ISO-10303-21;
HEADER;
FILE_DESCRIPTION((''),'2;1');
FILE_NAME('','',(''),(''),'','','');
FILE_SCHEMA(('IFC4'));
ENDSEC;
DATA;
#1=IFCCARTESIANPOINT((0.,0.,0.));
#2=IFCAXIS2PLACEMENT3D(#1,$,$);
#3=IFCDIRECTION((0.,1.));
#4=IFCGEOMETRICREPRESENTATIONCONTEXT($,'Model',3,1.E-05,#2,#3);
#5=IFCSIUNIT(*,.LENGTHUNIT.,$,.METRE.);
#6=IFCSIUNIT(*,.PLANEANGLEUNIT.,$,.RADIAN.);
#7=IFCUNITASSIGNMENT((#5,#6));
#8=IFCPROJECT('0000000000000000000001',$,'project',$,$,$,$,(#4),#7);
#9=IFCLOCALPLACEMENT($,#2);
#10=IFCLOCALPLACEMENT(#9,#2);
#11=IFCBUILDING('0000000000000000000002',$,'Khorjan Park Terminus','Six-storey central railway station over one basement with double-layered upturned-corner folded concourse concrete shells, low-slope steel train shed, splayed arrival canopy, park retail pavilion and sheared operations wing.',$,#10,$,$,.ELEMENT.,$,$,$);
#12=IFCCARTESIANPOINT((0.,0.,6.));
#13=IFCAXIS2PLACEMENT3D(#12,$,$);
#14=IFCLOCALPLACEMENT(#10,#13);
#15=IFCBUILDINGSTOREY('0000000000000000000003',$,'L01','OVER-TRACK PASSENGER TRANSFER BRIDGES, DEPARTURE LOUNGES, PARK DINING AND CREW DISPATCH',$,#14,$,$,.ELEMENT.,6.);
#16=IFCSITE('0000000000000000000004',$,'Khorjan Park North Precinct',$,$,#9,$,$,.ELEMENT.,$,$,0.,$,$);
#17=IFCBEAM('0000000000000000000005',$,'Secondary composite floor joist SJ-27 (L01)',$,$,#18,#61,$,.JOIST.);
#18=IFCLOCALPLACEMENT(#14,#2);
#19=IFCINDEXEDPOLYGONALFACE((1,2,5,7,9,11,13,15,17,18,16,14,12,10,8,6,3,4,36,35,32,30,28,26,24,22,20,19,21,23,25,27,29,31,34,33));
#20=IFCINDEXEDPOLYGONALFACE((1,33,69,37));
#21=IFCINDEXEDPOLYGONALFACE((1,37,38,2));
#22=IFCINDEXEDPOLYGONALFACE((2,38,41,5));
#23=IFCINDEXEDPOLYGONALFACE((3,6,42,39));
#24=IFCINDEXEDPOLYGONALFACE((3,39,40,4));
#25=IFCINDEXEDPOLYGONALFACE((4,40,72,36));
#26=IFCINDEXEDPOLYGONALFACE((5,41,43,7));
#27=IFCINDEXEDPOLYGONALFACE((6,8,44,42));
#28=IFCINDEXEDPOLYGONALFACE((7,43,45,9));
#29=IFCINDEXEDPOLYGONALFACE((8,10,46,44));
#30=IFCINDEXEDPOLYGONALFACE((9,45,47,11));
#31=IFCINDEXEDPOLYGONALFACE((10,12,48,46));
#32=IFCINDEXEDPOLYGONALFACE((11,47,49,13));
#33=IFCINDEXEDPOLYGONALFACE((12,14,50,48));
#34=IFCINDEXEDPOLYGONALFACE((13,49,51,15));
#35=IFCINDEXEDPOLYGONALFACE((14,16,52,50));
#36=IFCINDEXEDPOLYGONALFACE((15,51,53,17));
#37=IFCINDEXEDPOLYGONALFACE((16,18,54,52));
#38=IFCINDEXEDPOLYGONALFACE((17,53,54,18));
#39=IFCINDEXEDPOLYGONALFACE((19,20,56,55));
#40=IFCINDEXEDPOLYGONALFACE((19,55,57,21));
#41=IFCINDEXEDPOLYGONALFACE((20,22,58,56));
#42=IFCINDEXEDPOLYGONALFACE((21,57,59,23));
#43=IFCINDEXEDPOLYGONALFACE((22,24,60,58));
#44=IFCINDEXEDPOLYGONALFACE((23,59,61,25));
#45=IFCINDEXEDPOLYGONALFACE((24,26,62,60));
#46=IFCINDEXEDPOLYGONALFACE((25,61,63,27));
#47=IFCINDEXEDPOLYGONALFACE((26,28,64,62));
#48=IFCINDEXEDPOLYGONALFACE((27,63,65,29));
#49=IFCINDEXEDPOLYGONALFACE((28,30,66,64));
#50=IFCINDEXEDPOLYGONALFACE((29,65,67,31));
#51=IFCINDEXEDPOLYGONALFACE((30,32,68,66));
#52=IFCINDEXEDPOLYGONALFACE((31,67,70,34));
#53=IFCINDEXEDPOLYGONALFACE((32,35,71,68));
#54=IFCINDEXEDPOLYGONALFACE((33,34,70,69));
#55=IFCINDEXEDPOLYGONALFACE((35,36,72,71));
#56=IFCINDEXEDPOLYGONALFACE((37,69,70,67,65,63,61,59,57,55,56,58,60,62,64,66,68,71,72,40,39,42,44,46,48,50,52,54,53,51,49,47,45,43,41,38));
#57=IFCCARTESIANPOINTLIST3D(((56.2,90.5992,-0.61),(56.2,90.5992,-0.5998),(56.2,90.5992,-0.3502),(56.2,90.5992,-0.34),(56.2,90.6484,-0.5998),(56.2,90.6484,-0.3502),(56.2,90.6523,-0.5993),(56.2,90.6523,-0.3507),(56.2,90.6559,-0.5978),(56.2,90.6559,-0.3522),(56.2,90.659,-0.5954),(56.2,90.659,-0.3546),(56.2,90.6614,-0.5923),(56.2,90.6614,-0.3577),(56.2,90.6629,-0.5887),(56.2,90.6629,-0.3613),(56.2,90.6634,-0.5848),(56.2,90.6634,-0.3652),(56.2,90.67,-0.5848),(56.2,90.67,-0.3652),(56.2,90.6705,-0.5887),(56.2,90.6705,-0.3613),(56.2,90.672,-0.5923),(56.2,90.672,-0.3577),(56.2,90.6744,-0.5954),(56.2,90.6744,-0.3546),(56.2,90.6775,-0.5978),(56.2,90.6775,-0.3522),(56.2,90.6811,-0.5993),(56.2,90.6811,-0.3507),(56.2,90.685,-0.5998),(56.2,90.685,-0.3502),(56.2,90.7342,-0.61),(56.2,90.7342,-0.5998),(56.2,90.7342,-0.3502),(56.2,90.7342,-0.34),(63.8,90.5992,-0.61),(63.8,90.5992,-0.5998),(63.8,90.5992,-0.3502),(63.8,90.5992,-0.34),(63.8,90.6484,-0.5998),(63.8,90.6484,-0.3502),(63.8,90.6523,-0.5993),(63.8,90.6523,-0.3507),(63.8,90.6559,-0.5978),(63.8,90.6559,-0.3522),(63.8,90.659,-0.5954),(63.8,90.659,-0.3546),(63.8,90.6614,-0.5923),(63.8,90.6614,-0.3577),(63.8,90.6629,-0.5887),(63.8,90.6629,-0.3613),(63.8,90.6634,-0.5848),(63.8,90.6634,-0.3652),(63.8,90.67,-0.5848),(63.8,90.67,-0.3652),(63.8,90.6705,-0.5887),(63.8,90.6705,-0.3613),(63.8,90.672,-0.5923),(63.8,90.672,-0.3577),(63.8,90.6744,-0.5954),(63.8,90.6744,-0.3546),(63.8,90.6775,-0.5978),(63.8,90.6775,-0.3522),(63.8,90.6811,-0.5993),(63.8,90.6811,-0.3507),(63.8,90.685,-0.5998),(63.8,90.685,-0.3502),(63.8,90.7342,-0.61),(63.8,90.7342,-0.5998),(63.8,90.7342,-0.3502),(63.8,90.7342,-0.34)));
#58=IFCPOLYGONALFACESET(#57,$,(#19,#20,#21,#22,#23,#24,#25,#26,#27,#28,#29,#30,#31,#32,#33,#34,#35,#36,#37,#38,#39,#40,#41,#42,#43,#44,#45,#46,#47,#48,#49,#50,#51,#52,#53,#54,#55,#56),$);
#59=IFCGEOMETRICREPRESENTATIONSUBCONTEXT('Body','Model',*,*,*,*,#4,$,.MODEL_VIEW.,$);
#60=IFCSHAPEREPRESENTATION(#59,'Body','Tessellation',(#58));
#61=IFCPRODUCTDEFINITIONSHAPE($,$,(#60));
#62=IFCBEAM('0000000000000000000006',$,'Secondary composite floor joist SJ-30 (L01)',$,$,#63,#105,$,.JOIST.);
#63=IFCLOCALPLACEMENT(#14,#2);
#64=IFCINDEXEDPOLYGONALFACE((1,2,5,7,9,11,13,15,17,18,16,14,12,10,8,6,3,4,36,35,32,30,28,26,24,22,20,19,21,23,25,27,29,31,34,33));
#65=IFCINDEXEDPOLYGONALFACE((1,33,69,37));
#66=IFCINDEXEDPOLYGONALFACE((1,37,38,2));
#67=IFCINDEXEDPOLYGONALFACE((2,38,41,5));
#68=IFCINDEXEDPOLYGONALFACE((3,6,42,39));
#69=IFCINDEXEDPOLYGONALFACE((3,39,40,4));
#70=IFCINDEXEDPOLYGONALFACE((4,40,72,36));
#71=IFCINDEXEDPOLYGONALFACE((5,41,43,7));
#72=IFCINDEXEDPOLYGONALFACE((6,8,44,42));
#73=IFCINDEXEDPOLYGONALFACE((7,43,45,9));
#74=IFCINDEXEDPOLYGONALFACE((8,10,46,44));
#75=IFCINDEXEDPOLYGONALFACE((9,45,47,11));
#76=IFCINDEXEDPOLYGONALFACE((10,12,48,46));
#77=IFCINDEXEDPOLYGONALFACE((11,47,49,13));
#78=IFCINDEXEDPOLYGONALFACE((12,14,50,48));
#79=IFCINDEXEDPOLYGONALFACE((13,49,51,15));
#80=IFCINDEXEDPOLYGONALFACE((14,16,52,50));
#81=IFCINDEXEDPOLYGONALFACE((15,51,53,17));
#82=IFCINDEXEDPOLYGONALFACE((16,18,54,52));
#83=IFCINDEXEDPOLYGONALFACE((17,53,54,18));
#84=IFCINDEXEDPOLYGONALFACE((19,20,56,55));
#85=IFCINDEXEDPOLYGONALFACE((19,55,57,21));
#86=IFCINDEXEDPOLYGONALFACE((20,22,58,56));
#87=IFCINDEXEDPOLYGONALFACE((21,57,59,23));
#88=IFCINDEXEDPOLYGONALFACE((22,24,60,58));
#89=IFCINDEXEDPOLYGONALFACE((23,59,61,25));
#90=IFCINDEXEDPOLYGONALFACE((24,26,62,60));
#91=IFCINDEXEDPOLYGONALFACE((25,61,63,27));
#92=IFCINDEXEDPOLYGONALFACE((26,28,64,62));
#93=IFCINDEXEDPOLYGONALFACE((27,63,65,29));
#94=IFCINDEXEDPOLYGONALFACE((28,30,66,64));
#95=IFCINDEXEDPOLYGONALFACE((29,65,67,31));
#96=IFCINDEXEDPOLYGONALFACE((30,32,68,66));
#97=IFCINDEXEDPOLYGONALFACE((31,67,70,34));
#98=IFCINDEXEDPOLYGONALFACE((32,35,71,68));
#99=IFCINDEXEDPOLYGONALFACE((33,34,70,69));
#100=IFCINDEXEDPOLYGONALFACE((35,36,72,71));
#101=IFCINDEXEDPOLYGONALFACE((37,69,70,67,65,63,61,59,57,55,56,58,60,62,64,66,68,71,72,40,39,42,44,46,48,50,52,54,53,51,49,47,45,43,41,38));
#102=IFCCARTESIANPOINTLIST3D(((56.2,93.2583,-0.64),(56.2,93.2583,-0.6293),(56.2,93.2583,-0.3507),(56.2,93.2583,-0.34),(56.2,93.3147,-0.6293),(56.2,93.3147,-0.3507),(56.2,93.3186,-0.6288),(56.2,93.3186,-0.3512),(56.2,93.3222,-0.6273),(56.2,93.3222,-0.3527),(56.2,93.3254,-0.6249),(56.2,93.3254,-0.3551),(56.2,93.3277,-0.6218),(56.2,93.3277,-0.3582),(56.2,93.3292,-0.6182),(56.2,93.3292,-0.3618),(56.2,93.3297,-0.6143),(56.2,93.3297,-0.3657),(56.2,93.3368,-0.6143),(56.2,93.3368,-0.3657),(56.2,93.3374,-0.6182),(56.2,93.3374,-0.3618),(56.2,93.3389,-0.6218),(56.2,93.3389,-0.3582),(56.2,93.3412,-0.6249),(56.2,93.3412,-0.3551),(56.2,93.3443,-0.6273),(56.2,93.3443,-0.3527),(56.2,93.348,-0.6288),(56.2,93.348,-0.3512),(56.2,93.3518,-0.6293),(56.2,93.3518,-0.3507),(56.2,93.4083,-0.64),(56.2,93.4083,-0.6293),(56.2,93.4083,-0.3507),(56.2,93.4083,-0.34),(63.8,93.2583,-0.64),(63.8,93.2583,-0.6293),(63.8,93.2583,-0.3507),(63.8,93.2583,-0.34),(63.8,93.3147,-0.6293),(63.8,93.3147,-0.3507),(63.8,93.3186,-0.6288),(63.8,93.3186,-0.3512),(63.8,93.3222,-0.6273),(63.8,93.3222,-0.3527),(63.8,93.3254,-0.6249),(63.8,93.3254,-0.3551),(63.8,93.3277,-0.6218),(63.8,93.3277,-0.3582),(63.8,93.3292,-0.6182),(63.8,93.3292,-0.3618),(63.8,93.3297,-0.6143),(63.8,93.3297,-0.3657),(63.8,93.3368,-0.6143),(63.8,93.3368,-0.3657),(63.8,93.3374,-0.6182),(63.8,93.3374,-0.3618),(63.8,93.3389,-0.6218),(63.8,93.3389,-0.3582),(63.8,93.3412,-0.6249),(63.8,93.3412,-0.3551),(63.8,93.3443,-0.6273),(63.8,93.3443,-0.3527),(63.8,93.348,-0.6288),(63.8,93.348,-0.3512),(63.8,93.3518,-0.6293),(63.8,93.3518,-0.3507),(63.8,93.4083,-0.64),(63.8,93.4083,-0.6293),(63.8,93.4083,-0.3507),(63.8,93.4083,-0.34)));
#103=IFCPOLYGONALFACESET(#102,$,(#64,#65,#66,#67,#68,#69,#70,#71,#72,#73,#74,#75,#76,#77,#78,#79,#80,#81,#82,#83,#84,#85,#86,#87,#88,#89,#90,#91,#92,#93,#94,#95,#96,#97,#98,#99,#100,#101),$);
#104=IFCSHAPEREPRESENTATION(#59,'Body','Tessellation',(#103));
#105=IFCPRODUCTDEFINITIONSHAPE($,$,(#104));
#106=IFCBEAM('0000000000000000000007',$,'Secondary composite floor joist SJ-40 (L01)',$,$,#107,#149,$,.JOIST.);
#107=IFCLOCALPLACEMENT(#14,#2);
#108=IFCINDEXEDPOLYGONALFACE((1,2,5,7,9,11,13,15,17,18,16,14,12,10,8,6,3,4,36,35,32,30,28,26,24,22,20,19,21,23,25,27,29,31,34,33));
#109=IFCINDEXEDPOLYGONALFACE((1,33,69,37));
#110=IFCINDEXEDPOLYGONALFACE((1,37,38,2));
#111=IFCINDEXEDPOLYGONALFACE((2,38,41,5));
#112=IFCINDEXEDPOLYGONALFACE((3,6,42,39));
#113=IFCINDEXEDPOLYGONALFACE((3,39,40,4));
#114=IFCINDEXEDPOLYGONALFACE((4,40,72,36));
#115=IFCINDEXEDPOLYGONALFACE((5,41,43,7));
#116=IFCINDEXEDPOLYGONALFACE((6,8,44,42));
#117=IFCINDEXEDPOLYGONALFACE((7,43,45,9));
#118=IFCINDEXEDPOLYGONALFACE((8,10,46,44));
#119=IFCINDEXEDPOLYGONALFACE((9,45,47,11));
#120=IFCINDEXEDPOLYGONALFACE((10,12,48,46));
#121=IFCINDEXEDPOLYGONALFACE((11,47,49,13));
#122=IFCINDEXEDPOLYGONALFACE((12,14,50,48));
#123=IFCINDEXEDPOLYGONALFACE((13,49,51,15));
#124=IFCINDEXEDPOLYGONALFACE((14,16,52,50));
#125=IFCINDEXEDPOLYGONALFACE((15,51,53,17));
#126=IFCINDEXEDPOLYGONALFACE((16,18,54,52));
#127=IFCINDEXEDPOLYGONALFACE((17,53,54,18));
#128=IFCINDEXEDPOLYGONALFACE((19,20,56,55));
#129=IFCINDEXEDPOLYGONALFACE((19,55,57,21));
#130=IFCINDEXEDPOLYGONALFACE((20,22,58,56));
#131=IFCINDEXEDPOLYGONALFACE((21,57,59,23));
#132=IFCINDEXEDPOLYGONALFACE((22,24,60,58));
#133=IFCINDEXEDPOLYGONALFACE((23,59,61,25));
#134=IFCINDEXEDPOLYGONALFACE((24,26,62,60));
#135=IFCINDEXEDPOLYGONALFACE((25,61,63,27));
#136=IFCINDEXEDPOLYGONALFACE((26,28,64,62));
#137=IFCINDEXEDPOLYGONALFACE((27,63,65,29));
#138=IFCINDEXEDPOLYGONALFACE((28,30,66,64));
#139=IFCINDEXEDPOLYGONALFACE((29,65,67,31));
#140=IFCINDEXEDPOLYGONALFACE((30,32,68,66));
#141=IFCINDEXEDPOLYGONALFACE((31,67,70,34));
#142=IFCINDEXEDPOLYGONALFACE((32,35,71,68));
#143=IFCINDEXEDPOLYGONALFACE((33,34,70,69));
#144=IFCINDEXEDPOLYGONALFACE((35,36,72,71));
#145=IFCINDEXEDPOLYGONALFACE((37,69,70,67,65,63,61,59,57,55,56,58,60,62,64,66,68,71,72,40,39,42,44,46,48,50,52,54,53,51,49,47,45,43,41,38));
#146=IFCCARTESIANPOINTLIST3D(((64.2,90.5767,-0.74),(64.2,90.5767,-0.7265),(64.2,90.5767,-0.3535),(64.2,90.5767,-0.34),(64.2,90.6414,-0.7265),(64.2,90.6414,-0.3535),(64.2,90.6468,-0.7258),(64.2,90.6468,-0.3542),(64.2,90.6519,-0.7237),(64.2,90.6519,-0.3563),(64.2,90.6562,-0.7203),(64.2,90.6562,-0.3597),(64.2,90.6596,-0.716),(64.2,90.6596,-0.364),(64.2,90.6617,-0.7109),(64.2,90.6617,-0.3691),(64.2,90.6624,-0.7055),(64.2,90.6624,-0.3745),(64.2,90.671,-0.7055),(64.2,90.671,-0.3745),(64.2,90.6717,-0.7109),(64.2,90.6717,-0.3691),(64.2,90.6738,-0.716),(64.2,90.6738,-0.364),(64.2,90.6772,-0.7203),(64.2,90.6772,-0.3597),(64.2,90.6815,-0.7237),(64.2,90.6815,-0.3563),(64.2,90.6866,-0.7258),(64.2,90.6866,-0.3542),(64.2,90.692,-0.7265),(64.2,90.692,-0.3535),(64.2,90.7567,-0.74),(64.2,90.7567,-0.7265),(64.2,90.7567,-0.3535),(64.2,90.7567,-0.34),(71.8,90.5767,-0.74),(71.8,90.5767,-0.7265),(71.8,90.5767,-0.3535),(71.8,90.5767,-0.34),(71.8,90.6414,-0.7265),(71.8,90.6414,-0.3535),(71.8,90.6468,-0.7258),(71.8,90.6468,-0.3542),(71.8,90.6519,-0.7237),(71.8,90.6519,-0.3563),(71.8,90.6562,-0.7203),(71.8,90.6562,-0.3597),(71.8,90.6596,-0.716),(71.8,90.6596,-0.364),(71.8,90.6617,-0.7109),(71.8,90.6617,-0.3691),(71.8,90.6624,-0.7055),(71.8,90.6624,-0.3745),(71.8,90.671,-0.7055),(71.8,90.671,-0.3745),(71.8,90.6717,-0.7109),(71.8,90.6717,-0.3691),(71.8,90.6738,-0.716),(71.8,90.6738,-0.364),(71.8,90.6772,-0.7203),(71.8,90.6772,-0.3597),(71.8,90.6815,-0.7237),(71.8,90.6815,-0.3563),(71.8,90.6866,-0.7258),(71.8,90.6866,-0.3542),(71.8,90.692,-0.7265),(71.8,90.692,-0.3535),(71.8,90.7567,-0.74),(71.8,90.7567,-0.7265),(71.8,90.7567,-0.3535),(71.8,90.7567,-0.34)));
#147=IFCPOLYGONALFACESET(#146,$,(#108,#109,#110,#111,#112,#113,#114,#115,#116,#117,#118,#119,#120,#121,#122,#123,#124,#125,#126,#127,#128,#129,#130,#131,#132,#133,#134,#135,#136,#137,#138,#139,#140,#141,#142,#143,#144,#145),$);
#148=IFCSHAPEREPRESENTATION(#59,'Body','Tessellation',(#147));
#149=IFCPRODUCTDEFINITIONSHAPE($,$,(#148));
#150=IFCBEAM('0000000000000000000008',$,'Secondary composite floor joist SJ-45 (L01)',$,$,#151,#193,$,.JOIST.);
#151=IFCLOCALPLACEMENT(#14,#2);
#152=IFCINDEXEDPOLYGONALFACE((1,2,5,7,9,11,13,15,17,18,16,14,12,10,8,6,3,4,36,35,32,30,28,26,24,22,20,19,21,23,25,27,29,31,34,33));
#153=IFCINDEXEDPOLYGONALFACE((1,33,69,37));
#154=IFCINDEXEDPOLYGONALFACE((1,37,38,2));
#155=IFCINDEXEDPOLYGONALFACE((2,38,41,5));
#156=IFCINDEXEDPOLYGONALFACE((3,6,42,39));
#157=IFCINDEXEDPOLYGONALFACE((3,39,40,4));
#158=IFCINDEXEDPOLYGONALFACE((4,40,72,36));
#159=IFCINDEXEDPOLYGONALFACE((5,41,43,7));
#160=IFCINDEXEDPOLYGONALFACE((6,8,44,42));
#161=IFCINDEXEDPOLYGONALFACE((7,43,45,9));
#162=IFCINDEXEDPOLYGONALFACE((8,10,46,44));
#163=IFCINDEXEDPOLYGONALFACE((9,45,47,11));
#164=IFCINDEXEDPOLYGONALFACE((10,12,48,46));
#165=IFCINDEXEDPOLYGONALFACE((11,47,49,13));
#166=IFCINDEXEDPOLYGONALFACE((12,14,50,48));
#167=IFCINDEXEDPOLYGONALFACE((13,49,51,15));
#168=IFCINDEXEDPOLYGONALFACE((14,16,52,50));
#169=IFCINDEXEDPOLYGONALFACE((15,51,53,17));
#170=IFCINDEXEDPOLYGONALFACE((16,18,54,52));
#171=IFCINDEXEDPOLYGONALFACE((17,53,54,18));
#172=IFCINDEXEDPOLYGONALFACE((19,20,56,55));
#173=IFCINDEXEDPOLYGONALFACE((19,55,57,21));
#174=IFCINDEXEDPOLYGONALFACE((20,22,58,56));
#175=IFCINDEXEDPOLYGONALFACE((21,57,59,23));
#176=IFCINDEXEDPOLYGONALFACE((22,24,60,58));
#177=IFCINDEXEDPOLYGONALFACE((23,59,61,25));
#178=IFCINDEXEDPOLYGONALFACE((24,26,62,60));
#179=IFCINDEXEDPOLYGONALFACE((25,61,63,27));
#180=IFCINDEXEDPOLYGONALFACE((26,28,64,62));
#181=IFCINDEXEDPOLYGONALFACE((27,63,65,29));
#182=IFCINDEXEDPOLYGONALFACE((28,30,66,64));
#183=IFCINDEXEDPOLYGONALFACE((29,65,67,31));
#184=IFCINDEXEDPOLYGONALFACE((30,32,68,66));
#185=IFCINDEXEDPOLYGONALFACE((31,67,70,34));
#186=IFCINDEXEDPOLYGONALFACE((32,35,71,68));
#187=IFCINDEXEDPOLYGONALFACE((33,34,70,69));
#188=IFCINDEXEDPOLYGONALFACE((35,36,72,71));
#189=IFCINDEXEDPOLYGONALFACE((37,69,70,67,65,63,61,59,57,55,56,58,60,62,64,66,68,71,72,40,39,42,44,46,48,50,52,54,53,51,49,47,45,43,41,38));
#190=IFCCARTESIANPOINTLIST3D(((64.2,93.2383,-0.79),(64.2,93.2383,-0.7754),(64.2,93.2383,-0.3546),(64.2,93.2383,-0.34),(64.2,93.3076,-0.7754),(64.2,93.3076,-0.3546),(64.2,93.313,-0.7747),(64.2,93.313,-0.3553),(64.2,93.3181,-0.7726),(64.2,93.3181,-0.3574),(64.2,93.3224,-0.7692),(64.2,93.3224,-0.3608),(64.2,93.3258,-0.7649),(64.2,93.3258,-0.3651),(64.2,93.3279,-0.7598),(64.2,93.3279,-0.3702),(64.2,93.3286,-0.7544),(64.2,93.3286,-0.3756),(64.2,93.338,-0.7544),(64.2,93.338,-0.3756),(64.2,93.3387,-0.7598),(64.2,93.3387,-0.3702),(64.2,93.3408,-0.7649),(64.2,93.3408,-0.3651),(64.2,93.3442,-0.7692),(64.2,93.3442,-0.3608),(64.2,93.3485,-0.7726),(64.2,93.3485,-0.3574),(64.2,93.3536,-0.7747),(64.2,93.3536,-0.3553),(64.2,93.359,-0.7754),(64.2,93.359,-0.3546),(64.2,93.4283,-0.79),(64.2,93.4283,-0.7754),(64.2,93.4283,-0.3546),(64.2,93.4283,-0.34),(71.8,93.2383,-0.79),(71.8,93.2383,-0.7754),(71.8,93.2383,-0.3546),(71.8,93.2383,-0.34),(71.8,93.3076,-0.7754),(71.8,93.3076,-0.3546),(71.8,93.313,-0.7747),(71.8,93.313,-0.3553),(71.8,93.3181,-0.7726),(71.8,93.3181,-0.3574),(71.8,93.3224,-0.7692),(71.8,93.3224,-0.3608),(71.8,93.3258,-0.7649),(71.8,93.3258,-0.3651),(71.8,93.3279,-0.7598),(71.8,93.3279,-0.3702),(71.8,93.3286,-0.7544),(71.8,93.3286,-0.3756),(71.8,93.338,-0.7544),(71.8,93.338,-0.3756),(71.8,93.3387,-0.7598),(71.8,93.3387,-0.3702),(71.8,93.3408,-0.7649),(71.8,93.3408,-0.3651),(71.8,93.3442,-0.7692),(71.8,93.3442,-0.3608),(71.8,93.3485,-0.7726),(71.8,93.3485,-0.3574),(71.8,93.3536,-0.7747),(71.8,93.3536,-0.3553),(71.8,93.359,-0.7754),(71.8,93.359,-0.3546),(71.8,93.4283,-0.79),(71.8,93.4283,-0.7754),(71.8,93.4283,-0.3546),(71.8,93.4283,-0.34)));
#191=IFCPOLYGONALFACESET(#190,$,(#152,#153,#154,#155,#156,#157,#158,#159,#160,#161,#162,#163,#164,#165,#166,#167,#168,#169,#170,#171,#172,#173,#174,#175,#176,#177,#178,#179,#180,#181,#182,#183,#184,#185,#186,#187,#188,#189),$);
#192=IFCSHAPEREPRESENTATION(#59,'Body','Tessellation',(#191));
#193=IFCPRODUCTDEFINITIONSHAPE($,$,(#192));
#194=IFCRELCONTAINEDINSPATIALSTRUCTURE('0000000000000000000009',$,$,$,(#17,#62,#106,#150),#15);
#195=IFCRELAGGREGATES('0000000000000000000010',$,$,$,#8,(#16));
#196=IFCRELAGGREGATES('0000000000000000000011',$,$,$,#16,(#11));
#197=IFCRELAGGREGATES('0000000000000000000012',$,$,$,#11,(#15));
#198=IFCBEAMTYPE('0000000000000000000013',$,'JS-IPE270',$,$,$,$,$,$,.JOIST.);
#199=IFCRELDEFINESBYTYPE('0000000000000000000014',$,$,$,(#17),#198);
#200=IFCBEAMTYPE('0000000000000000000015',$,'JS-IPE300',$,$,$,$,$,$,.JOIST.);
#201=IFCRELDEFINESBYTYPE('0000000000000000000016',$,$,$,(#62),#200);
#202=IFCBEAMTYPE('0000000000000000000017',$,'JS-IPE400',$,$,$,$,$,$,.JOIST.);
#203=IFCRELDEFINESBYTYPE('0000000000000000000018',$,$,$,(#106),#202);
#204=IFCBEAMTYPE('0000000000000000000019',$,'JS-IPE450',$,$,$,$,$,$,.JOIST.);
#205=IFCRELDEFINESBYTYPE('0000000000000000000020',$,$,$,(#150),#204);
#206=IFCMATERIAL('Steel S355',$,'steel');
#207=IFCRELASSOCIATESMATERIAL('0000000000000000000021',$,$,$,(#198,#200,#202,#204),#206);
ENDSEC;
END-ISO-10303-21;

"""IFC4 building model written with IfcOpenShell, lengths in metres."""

from ifc_helpers import new_model, si_unit, direction, frame, origin, origin_2d, place, context, subcontext, project, spatial, i_section, extrude, material, material_profile, profile_set, type_object, element, save


model = new_model("IFC4")

# Units and contexts
model_context = context("Model", 3, precision=1e-05, world=origin(), true_north=direction((0.0, 1.0)))
body_context = subcontext(model_context, "Body", "Model", "MODEL_VIEW")
ifc_project = project(units=[si_unit("LENGTHUNIT", "METRE"), si_unit("PLANEANGLEUNIT", "RADIAN")], contexts=[model_context])

# Site, building, storey
site_placement = place(None, origin())
site = spatial("IfcSite", under=ifc_project, at=site_placement, Name="Khorjan Park North Precinct", CompositionType="ELEMENT", RefElevation=0.0)
building_placement = place(site_placement, origin())
building = spatial("IfcBuilding", under=site, at=building_placement, Name="Khorjan Park Terminus", Description="Six-storey central railway station over one basement with double-layered upturned-corner folded concourse concrete shells, low-slope steel train shed, splayed arrival canopy, park retail pavilion and sheared operations wing.", CompositionType="ELEMENT")
storey_placement = place(building_placement, frame((0.0, 0.0, 6.0)))
storey = spatial("IfcBuildingStorey", under=building, at=storey_placement, Name="L01", Description="OVER-TRACK PASSENGER TRANSFER BRIDGES, DEPARTURE LOUNGES, PARK DINING AND CREW DISPATCH", CompositionType="ELEMENT", Elevation=6.0)

# Beams
ifc_material_1 = material(Name="Steel S355", Category="steel")
ifc_material_profile_1 = material_profile(ifc_material_1, i_section(OverallWidth=0.135, OverallDepth=0.27, WebThickness=0.0066, FlangeThickness=0.0102, FilletRadius=0.015, at=origin_2d()), Name="IPE 270")
ifc_profile_set_1 = profile_set([ifc_material_profile_1], Name="Steel S355")
beam_type_1 = type_object("IfcBeamType", Name="JS-IPE270", PredefinedType="JOIST", material=ifc_profile_set_1)
beam_1_placement = place(storey_placement, frame((56.2, 90.6667, -0.475), z_axis=(1.0, 0.0, 0.0), x_axis=(0.0, 1.0, 0.0)))
element("IfcBeam", 1, at=beam_1_placement, inside=storey, type_object=beam_type_1, Name="Secondary composite floor joist SJ-27 (L01)", PredefinedType="JOIST", context=body_context, shape_type="SweptSolid", body=[
    extrude(i_section(OverallWidth=0.135, OverallDepth=0.27, WebThickness=0.0066, FlangeThickness=0.0102, FilletRadius=0.015, at=origin_2d()), origin(), (0.0, 0.0, 1.0), 7.6),
])
ifc_material_profile_2 = material_profile(ifc_material_1, i_section(OverallWidth=0.15, OverallDepth=0.3, WebThickness=0.0071, FlangeThickness=0.0107, FilletRadius=0.015, at=origin_2d()), Name="IPE 300")
ifc_profile_set_2 = profile_set([ifc_material_profile_2], Name="Steel S355")
beam_type_2 = type_object("IfcBeamType", Name="JS-IPE300", PredefinedType="JOIST", material=ifc_profile_set_2)
beam_2_placement = place(storey_placement, frame((56.2, 93.3333, -0.49), z_axis=(1.0, 0.0, 0.0), x_axis=(0.0, 1.0, 0.0)))
element("IfcBeam", 2, at=beam_2_placement, inside=storey, type_object=beam_type_2, Name="Secondary composite floor joist SJ-30 (L01)", PredefinedType="JOIST", context=body_context, shape_type="SweptSolid", body=[
    extrude(i_section(OverallWidth=0.15, OverallDepth=0.3, WebThickness=0.0071, FlangeThickness=0.0107, FilletRadius=0.015, at=origin_2d()), origin(), (0.0, 0.0, 1.0), 7.6),
])
ifc_material_profile_3 = material_profile(ifc_material_1, i_section(OverallWidth=0.18, OverallDepth=0.4, WebThickness=0.0086, FlangeThickness=0.0135, FilletRadius=0.021, at=origin_2d()), Name="IPE 400")
ifc_profile_set_3 = profile_set([ifc_material_profile_3], Name="Steel S355")
beam_type_3 = type_object("IfcBeamType", Name="JS-IPE400", PredefinedType="JOIST", material=ifc_profile_set_3)
beam_3_placement = place(storey_placement, frame((64.2, 90.6667, -0.54), z_axis=(1.0, 0.0, 0.0), x_axis=(0.0, 1.0, 0.0)))
element("IfcBeam", 3, at=beam_3_placement, inside=storey, type_object=beam_type_3, Name="Secondary composite floor joist SJ-40 (L01)", PredefinedType="JOIST", context=body_context, shape_type="SweptSolid", body=[
    extrude(i_section(OverallWidth=0.18, OverallDepth=0.4, WebThickness=0.0086, FlangeThickness=0.0135, FilletRadius=0.021, at=origin_2d()), origin(), (0.0, 0.0, 1.0), 7.6),
])
ifc_material_profile_4 = material_profile(ifc_material_1, i_section(OverallWidth=0.19, OverallDepth=0.45, WebThickness=0.0094, FlangeThickness=0.0146, FilletRadius=0.021, at=origin_2d()), Name="IPE 450")
ifc_profile_set_4 = profile_set([ifc_material_profile_4], Name="Steel S355")
beam_type_4 = type_object("IfcBeamType", Name="JS-IPE450", PredefinedType="JOIST", material=ifc_profile_set_4)
beam_4_placement = place(storey_placement, frame((64.2, 93.3333, -0.565), z_axis=(1.0, 0.0, 0.0), x_axis=(0.0, 1.0, 0.0)))
element("IfcBeam", 4, at=beam_4_placement, inside=storey, type_object=beam_type_4, Name="Secondary composite floor joist SJ-45 (L01)", PredefinedType="JOIST", context=body_context, shape_type="SweptSolid", body=[
    extrude(i_section(OverallWidth=0.19, OverallDepth=0.45, WebThickness=0.0094, FlangeThickness=0.0146, FilletRadius=0.021, at=origin_2d()), origin(), (0.0, 0.0, 1.0), 7.6),
])

save(model, "model.ifc")
